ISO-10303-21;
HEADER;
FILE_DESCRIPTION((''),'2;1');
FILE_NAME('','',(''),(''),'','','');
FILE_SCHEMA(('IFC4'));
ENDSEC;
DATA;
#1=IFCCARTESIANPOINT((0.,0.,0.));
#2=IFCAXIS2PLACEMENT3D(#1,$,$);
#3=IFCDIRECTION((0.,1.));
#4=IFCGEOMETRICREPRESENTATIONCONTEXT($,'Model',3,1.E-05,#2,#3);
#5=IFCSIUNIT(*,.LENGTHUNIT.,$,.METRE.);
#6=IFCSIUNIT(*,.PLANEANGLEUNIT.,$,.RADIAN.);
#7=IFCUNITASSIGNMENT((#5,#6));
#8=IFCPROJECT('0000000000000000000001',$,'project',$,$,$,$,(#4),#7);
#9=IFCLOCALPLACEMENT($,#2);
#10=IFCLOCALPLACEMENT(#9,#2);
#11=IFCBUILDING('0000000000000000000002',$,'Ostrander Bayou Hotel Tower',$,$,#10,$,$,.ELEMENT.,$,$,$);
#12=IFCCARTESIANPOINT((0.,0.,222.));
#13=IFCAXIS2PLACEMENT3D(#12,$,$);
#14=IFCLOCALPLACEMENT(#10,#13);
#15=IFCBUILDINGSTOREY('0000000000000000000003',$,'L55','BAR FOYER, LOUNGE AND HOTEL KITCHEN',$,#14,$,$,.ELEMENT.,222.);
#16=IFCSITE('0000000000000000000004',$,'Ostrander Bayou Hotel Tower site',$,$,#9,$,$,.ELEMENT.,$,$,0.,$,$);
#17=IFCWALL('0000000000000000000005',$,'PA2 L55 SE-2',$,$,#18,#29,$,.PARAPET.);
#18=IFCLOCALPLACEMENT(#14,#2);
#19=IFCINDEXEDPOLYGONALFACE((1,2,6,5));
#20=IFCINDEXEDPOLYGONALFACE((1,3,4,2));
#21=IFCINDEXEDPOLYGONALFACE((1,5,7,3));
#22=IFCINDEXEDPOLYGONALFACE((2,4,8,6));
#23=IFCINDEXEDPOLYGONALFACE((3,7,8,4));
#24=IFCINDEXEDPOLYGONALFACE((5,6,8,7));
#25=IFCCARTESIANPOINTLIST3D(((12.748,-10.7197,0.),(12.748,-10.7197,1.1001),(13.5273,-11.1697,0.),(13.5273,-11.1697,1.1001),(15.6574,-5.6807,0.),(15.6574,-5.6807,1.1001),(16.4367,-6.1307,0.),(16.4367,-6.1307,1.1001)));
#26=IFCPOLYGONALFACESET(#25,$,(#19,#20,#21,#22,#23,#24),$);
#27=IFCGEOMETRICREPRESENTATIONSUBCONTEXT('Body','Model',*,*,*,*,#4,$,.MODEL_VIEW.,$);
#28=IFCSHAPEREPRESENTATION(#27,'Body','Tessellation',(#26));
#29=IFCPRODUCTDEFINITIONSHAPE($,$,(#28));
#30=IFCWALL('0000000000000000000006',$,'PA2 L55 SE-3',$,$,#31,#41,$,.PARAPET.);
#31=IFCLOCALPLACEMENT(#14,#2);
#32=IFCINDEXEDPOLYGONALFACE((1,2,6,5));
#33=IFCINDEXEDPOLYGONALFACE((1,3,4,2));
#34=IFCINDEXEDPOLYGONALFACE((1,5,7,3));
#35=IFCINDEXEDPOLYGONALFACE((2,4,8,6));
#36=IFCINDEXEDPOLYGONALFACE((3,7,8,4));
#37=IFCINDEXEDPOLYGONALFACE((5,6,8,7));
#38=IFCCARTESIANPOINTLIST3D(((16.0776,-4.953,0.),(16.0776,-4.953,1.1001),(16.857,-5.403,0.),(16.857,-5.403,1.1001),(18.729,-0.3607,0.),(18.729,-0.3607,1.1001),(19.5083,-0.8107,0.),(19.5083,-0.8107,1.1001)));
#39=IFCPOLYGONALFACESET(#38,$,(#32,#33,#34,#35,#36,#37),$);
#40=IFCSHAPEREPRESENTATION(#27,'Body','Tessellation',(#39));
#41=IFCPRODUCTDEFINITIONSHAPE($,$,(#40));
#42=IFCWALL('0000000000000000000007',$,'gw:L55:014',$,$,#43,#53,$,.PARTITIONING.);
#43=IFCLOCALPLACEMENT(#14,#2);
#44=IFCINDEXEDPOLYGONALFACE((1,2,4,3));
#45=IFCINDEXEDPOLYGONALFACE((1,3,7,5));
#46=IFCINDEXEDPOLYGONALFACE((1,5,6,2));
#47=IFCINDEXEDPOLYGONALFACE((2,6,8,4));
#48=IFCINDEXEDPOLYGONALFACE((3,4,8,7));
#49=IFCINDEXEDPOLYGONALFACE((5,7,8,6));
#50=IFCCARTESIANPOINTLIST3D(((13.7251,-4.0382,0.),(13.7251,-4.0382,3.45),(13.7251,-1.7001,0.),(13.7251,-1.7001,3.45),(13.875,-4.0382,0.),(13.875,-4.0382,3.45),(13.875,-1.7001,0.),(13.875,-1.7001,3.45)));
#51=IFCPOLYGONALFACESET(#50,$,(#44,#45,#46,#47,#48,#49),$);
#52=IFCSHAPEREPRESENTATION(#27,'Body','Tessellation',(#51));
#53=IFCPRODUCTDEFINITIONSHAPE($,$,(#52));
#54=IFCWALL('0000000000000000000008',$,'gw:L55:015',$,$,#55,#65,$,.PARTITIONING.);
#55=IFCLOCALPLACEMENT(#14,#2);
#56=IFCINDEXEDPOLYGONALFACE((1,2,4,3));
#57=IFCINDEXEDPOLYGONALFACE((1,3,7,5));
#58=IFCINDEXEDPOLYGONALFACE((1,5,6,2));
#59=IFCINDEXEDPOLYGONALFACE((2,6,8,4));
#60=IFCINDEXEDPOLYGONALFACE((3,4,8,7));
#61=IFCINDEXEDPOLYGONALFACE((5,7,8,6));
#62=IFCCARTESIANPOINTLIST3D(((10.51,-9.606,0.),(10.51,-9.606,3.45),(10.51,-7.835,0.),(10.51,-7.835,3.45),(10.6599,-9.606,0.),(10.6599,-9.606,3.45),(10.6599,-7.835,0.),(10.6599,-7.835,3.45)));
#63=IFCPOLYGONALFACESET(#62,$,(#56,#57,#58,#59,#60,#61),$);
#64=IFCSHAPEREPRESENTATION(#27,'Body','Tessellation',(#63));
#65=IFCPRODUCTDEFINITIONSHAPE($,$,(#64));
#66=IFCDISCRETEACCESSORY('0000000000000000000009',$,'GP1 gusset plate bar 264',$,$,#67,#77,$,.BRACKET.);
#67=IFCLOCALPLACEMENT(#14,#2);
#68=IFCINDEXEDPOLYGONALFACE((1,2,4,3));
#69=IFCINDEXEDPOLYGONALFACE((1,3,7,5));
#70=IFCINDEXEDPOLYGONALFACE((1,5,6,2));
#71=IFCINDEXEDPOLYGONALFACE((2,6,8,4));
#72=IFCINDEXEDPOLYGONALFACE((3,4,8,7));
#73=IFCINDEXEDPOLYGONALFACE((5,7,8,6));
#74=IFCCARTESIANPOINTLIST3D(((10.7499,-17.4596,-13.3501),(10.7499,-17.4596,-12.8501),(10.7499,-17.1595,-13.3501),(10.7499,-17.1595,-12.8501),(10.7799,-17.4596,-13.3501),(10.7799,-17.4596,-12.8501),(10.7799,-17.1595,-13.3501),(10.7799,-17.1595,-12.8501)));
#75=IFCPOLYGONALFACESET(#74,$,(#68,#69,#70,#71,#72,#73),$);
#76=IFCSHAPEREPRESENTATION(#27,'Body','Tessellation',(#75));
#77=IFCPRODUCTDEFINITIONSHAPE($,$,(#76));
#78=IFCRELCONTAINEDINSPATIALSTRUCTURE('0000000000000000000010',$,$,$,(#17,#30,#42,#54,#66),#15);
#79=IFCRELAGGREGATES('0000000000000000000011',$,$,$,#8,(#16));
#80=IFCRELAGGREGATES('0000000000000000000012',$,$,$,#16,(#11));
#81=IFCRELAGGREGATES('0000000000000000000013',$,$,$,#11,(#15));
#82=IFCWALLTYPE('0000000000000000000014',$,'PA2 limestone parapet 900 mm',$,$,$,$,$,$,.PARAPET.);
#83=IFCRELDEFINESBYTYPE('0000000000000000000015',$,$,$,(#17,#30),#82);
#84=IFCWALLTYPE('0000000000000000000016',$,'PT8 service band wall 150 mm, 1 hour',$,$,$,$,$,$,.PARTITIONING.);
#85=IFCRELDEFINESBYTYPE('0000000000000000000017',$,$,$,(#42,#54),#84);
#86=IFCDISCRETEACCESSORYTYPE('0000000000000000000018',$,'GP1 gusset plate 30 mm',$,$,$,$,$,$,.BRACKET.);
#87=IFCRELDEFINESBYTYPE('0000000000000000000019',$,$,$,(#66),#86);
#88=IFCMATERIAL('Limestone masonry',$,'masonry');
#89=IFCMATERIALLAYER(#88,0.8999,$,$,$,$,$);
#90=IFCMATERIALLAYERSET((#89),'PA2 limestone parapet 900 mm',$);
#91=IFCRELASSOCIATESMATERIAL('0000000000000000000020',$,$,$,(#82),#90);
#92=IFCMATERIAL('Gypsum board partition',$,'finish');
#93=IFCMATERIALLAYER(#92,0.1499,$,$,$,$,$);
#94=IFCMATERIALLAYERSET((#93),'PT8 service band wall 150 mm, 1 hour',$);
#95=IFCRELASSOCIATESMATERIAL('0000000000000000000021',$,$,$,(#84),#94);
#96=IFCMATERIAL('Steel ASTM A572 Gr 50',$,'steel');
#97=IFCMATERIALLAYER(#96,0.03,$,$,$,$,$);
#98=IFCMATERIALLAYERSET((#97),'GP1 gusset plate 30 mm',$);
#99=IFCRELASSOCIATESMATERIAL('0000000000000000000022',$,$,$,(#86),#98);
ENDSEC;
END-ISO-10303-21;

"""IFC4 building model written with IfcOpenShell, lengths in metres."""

from ifc_helpers import new_model, si_unit, direction, frame, frame_2d, origin, origin_2d, place, context, subcontext, project, spatial, rectangle, extrude, material, layer, layer_set, type_object, element, save


model = new_model("IFC4")

# Units and contexts
model_context = context("Model", 3, precision=1e-05, world=origin(), true_north=direction((0.0, 1.0)))
body_context = subcontext(model_context, "Body", "Model", "MODEL_VIEW")
ifc_project = project(units=[si_unit("LENGTHUNIT", "METRE"), si_unit("PLANEANGLEUNIT", "RADIAN")], contexts=[model_context])

# Site, building, storey
site_placement = place(None, origin())
site = spatial("IfcSite", under=ifc_project, at=site_placement, Name="Ostrander Bayou Hotel Tower site", CompositionType="ELEMENT", RefElevation=0.0)
building_placement = place(site_placement, origin())
building = spatial("IfcBuilding", under=site, at=building_placement, Name="Ostrander Bayou Hotel Tower", CompositionType="ELEMENT")
storey_placement = place(building_placement, frame((0.0, 0.0, 222.0)))
storey = spatial("IfcBuildingStorey", under=building, at=storey_placement, Name="L55", Description="BAR FOYER, LOUNGE AND HOTEL KITCHEN", CompositionType="ELEMENT", Elevation=222.0)

# Walls
ifc_material_1 = material(Name="Limestone masonry", Category="masonry")
ifc_layer_1 = layer(ifc_material_1, 0.8999)
ifc_layer_set_1 = layer_set([ifc_layer_1], Name="PA2 limestone parapet 900 mm")
wall_type_1 = type_object("IfcWallType", Name="PA2 limestone parapet 900 mm", PredefinedType="PARAPET", material=ifc_layer_set_1)
wall_1_placement = place(storey_placement, frame((13.1377, -10.9446, 0.0), z_axis=(0.0, 0.0, 1.0), x_axis=(0.500015, 0.866016, 0.0)))
element("IfcWall", 1, at=wall_1_placement, inside=storey, type_object=wall_type_1, Name="PA2 L55 SE-2", PredefinedType="PARAPET", context=body_context, shape_type="SweptSolid", body=[
    extrude(rectangle(XDim=5.8186, YDim=0.8999, at=frame_2d((2.9092, 0.0))), origin(), (0.0, 0.0, 1.0), 1.1001),
])
wall_2_placement = place(storey_placement, frame((16.4673, -5.178, 0.0), z_axis=(0.0, 0.0, 1.0), x_axis=(0.500001, 0.866025, 0.0)))
element("IfcWall", 2, at=wall_2_placement, inside=storey, type_object=wall_type_1, Name="PA2 L55 SE-3", PredefinedType="PARAPET", context=body_context, shape_type="SweptSolid", body=[
    extrude(rectangle(XDim=5.3027, YDim=0.8999, at=frame_2d((2.6514, 0.0))), origin(), (0.0, 0.0, 1.0), 1.1001),
])
ifc_material_2 = material(Name="Gypsum board partition", Category="finish")
ifc_layer_2 = layer(ifc_material_2, 0.1499)
ifc_layer_set_2 = layer_set([ifc_layer_2], Name="PT8 service band wall 150 mm, 1 hour")
wall_type_2 = type_object("IfcWallType", Name="PT8 service band wall 150 mm, 1 hour", PredefinedType="PARTITIONING", material=ifc_layer_set_2)
wall_3_placement = place(storey_placement, frame((13.8, -4.0381, 0.0), z_axis=(0.0, 0.0, 1.0), x_axis=(0.0, 1.0, 0.0)))
element("IfcWall", 3, at=wall_3_placement, inside=storey, type_object=wall_type_2, Name="gw:L55:014", PredefinedType="PARTITIONING", context=body_context, shape_type="SweptSolid", body=[
    extrude(rectangle(XDim=2.3381, YDim=0.1499, at=frame_2d((1.1689, 0.0))), origin(), (0.0, 0.0, 1.0), 3.45),
])
wall_4_placement = place(storey_placement, frame((10.585, -9.606, 0.0), z_axis=(0.0, 0.0, 1.0), x_axis=(0.0, 1.0, 0.0)))
element("IfcWall", 4, at=wall_4_placement, inside=storey, type_object=wall_type_2, Name="gw:L55:015", PredefinedType="PARTITIONING", context=body_context, shape_type="SweptSolid", body=[
    extrude(rectangle(XDim=1.771, YDim=0.1499, at=frame_2d((0.8855, 0.0))), origin(), (0.0, 0.0, 1.0), 3.45),
])

# Discrete accessory
ifc_material_3 = material(Name="Steel ASTM A572 Gr 50", Category="steel")
ifc_layer_3 = layer(ifc_material_3, 0.03)
ifc_layer_set_3 = layer_set([ifc_layer_3], Name="GP1 gusset plate 30 mm")
discrete_accessory_type = type_object("IfcDiscreteAccessoryType", Name="GP1 gusset plate 30 mm", PredefinedType="BRACKET", material=ifc_layer_set_3)
discrete_accessory_placement = place(storey_placement, frame((10.7649, -17.3096, -13.3501), z_axis=(0.0, 0.0, 1.0), x_axis=(0.0, 1.0, 0.0)))
element("IfcDiscreteAccessory", 5, at=discrete_accessory_placement, inside=storey, type_object=discrete_accessory_type, Name="GP1 gusset plate bar 264", PredefinedType="BRACKET", context=body_context, shape_type="SweptSolid", body=[
    extrude(rectangle(XDim=0.3, YDim=0.03, at=origin_2d()), origin(), (0.0, 0.0, 1.0), 0.5),
])

save(model, "model.ifc")
